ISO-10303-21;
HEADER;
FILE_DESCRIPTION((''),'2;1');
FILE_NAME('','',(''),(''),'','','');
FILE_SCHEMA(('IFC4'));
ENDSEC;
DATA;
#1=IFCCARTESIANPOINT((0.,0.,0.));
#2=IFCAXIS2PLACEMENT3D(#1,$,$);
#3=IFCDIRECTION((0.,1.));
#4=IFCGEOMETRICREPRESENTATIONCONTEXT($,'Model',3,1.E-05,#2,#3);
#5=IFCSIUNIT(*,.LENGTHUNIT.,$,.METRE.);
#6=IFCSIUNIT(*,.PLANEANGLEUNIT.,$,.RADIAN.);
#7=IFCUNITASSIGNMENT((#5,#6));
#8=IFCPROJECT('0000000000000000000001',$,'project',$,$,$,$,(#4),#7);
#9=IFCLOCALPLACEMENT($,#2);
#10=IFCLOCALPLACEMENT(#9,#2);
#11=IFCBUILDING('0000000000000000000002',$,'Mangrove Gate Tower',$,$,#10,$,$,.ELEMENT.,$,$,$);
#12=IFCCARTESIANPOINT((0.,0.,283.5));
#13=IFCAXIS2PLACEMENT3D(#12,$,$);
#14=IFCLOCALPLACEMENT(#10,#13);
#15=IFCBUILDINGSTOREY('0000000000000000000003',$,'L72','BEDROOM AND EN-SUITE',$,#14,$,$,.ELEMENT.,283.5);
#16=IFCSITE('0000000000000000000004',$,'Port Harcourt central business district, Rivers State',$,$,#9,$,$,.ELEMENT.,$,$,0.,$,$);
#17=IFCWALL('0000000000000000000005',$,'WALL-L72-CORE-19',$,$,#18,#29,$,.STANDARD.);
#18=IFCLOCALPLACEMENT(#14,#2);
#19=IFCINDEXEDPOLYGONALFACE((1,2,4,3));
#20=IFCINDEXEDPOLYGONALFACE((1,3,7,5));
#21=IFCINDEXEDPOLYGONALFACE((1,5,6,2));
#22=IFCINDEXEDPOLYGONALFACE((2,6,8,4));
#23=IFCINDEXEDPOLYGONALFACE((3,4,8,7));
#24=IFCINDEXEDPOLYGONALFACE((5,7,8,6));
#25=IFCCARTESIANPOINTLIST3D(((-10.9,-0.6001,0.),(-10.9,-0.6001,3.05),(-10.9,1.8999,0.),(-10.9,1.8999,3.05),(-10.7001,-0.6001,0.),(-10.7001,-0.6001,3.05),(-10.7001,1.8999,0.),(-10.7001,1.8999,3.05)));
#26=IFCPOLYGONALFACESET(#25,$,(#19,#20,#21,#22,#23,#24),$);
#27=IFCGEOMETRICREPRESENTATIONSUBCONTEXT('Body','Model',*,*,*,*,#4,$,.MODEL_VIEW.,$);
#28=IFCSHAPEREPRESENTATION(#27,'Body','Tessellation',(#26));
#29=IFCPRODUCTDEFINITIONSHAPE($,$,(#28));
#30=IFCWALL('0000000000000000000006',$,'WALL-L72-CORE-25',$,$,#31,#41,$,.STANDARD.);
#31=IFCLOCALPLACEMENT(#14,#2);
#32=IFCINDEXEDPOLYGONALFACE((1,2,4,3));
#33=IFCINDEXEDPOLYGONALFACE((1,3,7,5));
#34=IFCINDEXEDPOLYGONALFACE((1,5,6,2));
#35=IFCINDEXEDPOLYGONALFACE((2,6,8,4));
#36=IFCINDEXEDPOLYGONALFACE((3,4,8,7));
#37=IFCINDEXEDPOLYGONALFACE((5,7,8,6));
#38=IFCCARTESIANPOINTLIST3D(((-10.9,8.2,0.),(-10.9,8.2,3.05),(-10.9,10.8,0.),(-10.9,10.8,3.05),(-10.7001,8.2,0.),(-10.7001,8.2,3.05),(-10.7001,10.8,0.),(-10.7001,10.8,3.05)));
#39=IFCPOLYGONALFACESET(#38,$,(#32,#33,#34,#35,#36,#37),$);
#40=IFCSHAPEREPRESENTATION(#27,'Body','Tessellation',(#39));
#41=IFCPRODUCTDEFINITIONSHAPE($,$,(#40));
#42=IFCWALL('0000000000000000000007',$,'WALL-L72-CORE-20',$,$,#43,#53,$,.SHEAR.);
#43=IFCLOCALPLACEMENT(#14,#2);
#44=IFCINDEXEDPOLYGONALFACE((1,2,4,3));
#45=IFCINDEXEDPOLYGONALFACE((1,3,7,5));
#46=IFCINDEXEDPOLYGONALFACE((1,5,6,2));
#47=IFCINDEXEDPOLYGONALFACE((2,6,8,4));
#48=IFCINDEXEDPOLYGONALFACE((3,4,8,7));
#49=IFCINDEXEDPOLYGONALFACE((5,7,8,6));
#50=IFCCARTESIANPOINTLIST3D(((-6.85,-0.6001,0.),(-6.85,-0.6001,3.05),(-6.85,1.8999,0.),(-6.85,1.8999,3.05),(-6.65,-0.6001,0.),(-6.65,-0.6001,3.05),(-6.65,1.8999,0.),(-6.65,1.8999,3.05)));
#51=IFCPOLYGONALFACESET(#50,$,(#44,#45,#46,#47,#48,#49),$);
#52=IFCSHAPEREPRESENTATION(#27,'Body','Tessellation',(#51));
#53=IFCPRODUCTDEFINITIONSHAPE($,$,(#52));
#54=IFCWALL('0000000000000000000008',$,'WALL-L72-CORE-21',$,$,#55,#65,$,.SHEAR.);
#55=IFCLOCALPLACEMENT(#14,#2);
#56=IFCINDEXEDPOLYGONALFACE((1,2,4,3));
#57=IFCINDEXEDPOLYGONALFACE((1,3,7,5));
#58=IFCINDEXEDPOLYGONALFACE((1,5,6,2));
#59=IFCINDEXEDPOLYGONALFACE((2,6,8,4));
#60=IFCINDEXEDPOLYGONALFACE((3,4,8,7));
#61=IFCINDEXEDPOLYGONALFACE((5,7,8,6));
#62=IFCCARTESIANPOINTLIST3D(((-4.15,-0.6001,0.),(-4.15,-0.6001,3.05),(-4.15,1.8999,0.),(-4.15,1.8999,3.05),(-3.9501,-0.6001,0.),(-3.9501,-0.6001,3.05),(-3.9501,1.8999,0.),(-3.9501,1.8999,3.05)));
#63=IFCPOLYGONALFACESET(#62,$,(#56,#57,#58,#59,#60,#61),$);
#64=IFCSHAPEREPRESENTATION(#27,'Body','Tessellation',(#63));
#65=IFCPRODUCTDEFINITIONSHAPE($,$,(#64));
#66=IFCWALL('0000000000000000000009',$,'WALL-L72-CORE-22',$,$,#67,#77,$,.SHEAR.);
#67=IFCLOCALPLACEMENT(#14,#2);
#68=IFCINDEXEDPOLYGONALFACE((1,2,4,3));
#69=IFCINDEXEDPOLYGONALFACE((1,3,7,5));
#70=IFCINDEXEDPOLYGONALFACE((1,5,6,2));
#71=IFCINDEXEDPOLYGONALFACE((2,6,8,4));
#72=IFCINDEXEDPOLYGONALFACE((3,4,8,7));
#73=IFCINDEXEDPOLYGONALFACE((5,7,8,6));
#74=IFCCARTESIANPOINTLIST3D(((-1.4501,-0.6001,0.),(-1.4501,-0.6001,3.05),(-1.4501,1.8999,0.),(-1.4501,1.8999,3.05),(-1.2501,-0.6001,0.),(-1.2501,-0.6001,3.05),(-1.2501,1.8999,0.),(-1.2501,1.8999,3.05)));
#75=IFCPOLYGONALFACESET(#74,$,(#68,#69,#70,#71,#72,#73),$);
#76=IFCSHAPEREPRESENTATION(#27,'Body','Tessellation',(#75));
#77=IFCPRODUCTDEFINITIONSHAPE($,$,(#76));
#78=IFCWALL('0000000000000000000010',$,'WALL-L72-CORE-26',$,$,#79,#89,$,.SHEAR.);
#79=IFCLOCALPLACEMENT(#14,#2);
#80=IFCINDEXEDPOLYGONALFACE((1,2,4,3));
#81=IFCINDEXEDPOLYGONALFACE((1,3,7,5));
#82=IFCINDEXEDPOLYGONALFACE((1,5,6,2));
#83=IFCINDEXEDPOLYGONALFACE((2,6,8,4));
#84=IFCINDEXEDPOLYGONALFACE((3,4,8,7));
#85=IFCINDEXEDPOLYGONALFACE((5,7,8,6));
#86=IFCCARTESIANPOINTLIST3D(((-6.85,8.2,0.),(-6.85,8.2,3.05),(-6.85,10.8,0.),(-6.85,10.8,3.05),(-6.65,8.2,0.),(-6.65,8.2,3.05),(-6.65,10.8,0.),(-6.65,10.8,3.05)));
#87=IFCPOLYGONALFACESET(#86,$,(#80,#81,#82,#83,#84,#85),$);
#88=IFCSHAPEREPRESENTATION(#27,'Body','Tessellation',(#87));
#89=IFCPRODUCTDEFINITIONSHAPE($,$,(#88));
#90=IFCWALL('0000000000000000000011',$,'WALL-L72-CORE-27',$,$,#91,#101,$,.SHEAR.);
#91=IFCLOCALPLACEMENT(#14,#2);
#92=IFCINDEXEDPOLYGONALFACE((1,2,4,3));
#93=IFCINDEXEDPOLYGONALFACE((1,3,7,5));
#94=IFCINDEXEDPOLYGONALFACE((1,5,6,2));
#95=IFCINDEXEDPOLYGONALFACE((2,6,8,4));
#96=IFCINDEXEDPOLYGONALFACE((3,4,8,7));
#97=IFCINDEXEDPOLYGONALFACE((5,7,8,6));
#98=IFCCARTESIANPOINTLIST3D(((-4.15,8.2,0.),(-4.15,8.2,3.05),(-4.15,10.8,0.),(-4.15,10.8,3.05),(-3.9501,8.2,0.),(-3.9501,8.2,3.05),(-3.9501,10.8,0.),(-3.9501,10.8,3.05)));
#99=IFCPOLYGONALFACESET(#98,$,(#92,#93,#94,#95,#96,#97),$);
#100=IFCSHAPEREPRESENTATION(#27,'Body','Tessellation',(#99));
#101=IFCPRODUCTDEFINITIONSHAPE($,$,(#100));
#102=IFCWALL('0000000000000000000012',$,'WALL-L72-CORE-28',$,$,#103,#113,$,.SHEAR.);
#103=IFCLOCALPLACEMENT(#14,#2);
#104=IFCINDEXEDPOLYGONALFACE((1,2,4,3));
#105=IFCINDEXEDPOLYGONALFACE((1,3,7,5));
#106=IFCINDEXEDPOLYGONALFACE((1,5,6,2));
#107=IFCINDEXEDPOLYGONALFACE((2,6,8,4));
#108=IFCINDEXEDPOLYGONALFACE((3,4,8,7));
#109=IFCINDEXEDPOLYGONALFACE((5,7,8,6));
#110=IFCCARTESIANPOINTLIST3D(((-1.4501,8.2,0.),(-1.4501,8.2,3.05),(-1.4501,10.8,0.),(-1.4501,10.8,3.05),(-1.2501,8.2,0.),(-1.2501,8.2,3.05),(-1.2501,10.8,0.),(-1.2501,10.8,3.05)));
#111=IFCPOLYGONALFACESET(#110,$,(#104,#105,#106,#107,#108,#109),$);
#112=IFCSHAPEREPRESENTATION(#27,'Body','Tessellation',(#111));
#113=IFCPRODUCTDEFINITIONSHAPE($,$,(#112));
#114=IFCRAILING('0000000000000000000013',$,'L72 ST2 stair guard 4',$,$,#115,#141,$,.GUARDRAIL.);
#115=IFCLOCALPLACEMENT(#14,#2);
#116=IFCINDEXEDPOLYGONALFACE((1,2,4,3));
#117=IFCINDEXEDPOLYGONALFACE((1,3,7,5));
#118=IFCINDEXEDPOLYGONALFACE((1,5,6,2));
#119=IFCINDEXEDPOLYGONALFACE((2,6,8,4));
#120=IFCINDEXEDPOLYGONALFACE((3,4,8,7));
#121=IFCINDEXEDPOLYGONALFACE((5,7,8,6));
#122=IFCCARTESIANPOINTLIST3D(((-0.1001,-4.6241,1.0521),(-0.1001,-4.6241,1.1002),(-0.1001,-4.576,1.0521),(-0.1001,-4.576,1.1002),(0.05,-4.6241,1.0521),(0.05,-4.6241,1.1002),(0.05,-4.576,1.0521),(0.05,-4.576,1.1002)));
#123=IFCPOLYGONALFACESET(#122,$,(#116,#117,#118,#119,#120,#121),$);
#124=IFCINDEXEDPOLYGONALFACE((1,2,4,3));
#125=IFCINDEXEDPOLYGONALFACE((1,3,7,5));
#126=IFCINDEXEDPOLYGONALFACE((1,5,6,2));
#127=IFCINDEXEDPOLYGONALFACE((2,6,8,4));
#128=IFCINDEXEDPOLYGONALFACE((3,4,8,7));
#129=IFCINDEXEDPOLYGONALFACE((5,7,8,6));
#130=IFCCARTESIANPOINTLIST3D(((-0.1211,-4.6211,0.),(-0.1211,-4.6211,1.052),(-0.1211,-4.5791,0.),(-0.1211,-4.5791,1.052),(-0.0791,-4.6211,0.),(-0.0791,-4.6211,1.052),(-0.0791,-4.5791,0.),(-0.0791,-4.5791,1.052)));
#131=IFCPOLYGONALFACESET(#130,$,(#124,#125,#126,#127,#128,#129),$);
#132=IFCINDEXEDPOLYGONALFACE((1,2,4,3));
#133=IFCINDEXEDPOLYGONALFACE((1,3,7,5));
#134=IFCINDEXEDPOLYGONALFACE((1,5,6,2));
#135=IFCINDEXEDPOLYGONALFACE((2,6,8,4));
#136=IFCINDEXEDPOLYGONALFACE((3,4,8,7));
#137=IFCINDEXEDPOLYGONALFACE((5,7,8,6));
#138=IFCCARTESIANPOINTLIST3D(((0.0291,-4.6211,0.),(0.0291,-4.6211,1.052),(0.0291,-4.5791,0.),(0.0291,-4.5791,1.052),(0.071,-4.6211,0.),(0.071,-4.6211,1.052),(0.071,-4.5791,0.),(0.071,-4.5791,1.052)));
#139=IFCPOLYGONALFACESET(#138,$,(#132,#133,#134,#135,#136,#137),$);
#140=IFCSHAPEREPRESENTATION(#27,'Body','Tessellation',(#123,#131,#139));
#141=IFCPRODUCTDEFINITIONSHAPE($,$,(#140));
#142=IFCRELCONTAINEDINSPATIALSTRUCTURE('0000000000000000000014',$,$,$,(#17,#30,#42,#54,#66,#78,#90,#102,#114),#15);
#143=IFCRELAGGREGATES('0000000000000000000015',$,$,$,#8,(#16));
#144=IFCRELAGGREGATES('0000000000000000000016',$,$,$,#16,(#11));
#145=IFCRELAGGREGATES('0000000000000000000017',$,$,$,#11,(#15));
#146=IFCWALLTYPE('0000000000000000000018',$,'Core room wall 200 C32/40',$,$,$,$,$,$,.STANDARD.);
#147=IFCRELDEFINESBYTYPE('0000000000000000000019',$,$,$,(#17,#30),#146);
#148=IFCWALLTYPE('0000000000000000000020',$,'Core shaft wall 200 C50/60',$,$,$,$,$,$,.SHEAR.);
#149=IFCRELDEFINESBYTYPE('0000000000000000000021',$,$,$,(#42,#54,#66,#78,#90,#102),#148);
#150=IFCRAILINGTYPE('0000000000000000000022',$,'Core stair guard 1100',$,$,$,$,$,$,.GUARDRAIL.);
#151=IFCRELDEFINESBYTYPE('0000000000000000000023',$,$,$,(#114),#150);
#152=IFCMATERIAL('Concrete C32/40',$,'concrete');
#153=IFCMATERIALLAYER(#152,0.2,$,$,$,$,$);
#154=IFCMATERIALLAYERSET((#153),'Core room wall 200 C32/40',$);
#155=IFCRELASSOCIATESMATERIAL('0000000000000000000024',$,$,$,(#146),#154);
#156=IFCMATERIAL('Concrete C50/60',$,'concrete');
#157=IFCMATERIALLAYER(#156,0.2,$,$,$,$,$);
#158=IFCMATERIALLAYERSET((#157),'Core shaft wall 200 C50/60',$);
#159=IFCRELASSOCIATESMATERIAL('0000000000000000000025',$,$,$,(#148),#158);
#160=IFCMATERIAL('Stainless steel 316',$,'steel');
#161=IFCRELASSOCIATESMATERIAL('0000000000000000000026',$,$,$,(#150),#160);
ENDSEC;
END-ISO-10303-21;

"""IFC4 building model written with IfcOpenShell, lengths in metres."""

from ifc_helpers import new_model, si_unit, direction, frame, frame_2d, origin, origin_2d, place, context, subcontext, project, spatial, rectangle, extrude, material, layer, layer_set, type_object, element, save


model = new_model("IFC4")

# Units and contexts
model_context = context("Model", 3, precision=1e-05, world=origin(), true_north=direction((0.0, 1.0)))
body_context = subcontext(model_context, "Body", "Model", "MODEL_VIEW")
ifc_project = project(units=[si_unit("LENGTHUNIT", "METRE"), si_unit("PLANEANGLEUNIT", "RADIAN")], contexts=[model_context])

# Site, building, storey
site_placement = place(None, origin())
site = spatial("IfcSite", under=ifc_project, at=site_placement, Name="Port Harcourt central business district, Rivers State", CompositionType="ELEMENT", RefElevation=0.0)
building_placement = place(site_placement, origin())
building = spatial("IfcBuilding", under=site, at=building_placement, Name="Mangrove Gate Tower", CompositionType="ELEMENT")
storey_placement = place(building_placement, frame((0.0, 0.0, 283.5)))
storey = spatial("IfcBuildingStorey", under=building, at=storey_placement, Name="L72", Description="BEDROOM AND EN-SUITE", CompositionType="ELEMENT", Elevation=283.5)

# Walls
ifc_material_1 = material(Name="Concrete C32/40", Category="concrete")
ifc_layer_1 = layer(ifc_material_1, 0.2)
ifc_layer_set_1 = layer_set([ifc_layer_1], Name="Core room wall 200 C32/40")
wall_type_1 = type_object("IfcWallType", Name="Core room wall 200 C32/40", PredefinedType="STANDARD", material=ifc_layer_set_1)
wall_1_placement = place(storey_placement, frame((-10.8, -0.6001, 0.0), z_axis=(0.0, 0.0, 1.0), x_axis=(0.0, 1.0, 0.0)))
element("IfcWall", 1, at=wall_1_placement, inside=storey, type_object=wall_type_1, Name="WALL-L72-CORE-19", PredefinedType="STANDARD", context=body_context, shape_type="SweptSolid", body=[
    extrude(rectangle(XDim=2.5, YDim=0.2, at=frame_2d((1.25, 0.0))), origin(), (0.0, 0.0, 1.0), 3.05),
])
wall_2_placement = place(storey_placement, frame((-10.8, 8.2, 0.0), z_axis=(0.0, 0.0, 1.0), x_axis=(0.0, 1.0, 0.0)))
element("IfcWall", 2, at=wall_2_placement, inside=storey, type_object=wall_type_1, Name="WALL-L72-CORE-25", PredefinedType="STANDARD", context=body_context, shape_type="SweptSolid", body=[
    extrude(rectangle(XDim=2.6001, YDim=0.2, at=frame_2d((1.3, 0.0))), origin(), (0.0, 0.0, 1.0), 3.05),
])
ifc_material_2 = material(Name="Concrete C50/60", Category="concrete")
ifc_layer_2 = layer(ifc_material_2, 0.2)
ifc_layer_set_2 = layer_set([ifc_layer_2], Name="Core shaft wall 200 C50/60")
wall_type_2 = type_object("IfcWallType", Name="Core shaft wall 200 C50/60", PredefinedType="SHEAR", material=ifc_layer_set_2)
for number, where, z_axis, x_axis, name in (
    (3, (-6.75, -0.6001, 0.0), (0.0, 0.0, 1.0), (0.0, 1.0, 0.0), "WALL-L72-CORE-20"),
    (4, (-4.05, -0.6001, 0.0), (0.0, 0.0, 1.0), (0.0, 1.0, 0.0), "WALL-L72-CORE-21"),
    (5, (-1.3501, -0.6001, 0.0), (0.0, 0.0, 1.0), (0.0, 1.0, 0.0), "WALL-L72-CORE-22"),
):
    element("IfcWall", number, at=place(storey_placement, frame(where, z_axis=z_axis, x_axis=x_axis)), inside=storey, type_object=wall_type_2, Name=name, PredefinedType="SHEAR", context=body_context, shape_type="SweptSolid", body=[
        extrude(rectangle(XDim=2.5, YDim=0.2, at=frame_2d((1.25, 0.0))), origin(), (0.0, 0.0, 1.0), 3.05),
    ])
for number, where, z_axis, x_axis, name in (
    (6, (-6.75, 8.2, 0.0), (0.0, 0.0, 1.0), (0.0, 1.0, 0.0), "WALL-L72-CORE-26"),
    (7, (-4.05, 8.2, 0.0), (0.0, 0.0, 1.0), (0.0, 1.0, 0.0), "WALL-L72-CORE-27"),
    (8, (-1.3501, 8.2, 0.0), (0.0, 0.0, 1.0), (0.0, 1.0, 0.0), "WALL-L72-CORE-28"),
):
    element("IfcWall", number, at=place(storey_placement, frame(where, z_axis=z_axis, x_axis=x_axis)), inside=storey, type_object=wall_type_2, Name=name, PredefinedType="SHEAR", context=body_context, shape_type="SweptSolid", body=[
        extrude(rectangle(XDim=2.6001, YDim=0.2, at=frame_2d((1.3, 0.0))), origin(), (0.0, 0.0, 1.0), 3.05),
    ])

# Railing
ifc_material_3 = material(Name="Stainless steel 316", Category="steel")
railing_type = type_object("IfcRailingType", Name="Core stair guard 1100", PredefinedType="GUARDRAIL", material=ifc_material_3)
railing_placement = place(storey_placement, frame((-0.1001, -4.6001, 0.0)))
element("IfcRailing", 9, at=railing_placement, inside=storey, type_object=railing_type, Name="L72 ST2 stair guard 4", PredefinedType="GUARDRAIL", context=body_context, shape_type="SweptSolid", body=[
    extrude(rectangle(XDim=0.0481, YDim=0.0481, at=origin_2d()), frame((0.0, 0.0, 1.0762), z_axis=(1.0, 0.0, 0.0), x_axis=(0.0, 1.0, 0.0)), (0.0, 0.0, 1.0), 0.1501),
    extrude(rectangle(XDim=0.042, YDim=0.042, at=origin_2d()), origin(), (0.0, 0.0, 1.0), 1.052),
    extrude(rectangle(XDim=0.042, YDim=0.042, at=origin_2d()), frame((0.1501, 0.0, 0.0)), (0.0, 0.0, 1.0), 1.052),
])

save(model, "model.ifc")
